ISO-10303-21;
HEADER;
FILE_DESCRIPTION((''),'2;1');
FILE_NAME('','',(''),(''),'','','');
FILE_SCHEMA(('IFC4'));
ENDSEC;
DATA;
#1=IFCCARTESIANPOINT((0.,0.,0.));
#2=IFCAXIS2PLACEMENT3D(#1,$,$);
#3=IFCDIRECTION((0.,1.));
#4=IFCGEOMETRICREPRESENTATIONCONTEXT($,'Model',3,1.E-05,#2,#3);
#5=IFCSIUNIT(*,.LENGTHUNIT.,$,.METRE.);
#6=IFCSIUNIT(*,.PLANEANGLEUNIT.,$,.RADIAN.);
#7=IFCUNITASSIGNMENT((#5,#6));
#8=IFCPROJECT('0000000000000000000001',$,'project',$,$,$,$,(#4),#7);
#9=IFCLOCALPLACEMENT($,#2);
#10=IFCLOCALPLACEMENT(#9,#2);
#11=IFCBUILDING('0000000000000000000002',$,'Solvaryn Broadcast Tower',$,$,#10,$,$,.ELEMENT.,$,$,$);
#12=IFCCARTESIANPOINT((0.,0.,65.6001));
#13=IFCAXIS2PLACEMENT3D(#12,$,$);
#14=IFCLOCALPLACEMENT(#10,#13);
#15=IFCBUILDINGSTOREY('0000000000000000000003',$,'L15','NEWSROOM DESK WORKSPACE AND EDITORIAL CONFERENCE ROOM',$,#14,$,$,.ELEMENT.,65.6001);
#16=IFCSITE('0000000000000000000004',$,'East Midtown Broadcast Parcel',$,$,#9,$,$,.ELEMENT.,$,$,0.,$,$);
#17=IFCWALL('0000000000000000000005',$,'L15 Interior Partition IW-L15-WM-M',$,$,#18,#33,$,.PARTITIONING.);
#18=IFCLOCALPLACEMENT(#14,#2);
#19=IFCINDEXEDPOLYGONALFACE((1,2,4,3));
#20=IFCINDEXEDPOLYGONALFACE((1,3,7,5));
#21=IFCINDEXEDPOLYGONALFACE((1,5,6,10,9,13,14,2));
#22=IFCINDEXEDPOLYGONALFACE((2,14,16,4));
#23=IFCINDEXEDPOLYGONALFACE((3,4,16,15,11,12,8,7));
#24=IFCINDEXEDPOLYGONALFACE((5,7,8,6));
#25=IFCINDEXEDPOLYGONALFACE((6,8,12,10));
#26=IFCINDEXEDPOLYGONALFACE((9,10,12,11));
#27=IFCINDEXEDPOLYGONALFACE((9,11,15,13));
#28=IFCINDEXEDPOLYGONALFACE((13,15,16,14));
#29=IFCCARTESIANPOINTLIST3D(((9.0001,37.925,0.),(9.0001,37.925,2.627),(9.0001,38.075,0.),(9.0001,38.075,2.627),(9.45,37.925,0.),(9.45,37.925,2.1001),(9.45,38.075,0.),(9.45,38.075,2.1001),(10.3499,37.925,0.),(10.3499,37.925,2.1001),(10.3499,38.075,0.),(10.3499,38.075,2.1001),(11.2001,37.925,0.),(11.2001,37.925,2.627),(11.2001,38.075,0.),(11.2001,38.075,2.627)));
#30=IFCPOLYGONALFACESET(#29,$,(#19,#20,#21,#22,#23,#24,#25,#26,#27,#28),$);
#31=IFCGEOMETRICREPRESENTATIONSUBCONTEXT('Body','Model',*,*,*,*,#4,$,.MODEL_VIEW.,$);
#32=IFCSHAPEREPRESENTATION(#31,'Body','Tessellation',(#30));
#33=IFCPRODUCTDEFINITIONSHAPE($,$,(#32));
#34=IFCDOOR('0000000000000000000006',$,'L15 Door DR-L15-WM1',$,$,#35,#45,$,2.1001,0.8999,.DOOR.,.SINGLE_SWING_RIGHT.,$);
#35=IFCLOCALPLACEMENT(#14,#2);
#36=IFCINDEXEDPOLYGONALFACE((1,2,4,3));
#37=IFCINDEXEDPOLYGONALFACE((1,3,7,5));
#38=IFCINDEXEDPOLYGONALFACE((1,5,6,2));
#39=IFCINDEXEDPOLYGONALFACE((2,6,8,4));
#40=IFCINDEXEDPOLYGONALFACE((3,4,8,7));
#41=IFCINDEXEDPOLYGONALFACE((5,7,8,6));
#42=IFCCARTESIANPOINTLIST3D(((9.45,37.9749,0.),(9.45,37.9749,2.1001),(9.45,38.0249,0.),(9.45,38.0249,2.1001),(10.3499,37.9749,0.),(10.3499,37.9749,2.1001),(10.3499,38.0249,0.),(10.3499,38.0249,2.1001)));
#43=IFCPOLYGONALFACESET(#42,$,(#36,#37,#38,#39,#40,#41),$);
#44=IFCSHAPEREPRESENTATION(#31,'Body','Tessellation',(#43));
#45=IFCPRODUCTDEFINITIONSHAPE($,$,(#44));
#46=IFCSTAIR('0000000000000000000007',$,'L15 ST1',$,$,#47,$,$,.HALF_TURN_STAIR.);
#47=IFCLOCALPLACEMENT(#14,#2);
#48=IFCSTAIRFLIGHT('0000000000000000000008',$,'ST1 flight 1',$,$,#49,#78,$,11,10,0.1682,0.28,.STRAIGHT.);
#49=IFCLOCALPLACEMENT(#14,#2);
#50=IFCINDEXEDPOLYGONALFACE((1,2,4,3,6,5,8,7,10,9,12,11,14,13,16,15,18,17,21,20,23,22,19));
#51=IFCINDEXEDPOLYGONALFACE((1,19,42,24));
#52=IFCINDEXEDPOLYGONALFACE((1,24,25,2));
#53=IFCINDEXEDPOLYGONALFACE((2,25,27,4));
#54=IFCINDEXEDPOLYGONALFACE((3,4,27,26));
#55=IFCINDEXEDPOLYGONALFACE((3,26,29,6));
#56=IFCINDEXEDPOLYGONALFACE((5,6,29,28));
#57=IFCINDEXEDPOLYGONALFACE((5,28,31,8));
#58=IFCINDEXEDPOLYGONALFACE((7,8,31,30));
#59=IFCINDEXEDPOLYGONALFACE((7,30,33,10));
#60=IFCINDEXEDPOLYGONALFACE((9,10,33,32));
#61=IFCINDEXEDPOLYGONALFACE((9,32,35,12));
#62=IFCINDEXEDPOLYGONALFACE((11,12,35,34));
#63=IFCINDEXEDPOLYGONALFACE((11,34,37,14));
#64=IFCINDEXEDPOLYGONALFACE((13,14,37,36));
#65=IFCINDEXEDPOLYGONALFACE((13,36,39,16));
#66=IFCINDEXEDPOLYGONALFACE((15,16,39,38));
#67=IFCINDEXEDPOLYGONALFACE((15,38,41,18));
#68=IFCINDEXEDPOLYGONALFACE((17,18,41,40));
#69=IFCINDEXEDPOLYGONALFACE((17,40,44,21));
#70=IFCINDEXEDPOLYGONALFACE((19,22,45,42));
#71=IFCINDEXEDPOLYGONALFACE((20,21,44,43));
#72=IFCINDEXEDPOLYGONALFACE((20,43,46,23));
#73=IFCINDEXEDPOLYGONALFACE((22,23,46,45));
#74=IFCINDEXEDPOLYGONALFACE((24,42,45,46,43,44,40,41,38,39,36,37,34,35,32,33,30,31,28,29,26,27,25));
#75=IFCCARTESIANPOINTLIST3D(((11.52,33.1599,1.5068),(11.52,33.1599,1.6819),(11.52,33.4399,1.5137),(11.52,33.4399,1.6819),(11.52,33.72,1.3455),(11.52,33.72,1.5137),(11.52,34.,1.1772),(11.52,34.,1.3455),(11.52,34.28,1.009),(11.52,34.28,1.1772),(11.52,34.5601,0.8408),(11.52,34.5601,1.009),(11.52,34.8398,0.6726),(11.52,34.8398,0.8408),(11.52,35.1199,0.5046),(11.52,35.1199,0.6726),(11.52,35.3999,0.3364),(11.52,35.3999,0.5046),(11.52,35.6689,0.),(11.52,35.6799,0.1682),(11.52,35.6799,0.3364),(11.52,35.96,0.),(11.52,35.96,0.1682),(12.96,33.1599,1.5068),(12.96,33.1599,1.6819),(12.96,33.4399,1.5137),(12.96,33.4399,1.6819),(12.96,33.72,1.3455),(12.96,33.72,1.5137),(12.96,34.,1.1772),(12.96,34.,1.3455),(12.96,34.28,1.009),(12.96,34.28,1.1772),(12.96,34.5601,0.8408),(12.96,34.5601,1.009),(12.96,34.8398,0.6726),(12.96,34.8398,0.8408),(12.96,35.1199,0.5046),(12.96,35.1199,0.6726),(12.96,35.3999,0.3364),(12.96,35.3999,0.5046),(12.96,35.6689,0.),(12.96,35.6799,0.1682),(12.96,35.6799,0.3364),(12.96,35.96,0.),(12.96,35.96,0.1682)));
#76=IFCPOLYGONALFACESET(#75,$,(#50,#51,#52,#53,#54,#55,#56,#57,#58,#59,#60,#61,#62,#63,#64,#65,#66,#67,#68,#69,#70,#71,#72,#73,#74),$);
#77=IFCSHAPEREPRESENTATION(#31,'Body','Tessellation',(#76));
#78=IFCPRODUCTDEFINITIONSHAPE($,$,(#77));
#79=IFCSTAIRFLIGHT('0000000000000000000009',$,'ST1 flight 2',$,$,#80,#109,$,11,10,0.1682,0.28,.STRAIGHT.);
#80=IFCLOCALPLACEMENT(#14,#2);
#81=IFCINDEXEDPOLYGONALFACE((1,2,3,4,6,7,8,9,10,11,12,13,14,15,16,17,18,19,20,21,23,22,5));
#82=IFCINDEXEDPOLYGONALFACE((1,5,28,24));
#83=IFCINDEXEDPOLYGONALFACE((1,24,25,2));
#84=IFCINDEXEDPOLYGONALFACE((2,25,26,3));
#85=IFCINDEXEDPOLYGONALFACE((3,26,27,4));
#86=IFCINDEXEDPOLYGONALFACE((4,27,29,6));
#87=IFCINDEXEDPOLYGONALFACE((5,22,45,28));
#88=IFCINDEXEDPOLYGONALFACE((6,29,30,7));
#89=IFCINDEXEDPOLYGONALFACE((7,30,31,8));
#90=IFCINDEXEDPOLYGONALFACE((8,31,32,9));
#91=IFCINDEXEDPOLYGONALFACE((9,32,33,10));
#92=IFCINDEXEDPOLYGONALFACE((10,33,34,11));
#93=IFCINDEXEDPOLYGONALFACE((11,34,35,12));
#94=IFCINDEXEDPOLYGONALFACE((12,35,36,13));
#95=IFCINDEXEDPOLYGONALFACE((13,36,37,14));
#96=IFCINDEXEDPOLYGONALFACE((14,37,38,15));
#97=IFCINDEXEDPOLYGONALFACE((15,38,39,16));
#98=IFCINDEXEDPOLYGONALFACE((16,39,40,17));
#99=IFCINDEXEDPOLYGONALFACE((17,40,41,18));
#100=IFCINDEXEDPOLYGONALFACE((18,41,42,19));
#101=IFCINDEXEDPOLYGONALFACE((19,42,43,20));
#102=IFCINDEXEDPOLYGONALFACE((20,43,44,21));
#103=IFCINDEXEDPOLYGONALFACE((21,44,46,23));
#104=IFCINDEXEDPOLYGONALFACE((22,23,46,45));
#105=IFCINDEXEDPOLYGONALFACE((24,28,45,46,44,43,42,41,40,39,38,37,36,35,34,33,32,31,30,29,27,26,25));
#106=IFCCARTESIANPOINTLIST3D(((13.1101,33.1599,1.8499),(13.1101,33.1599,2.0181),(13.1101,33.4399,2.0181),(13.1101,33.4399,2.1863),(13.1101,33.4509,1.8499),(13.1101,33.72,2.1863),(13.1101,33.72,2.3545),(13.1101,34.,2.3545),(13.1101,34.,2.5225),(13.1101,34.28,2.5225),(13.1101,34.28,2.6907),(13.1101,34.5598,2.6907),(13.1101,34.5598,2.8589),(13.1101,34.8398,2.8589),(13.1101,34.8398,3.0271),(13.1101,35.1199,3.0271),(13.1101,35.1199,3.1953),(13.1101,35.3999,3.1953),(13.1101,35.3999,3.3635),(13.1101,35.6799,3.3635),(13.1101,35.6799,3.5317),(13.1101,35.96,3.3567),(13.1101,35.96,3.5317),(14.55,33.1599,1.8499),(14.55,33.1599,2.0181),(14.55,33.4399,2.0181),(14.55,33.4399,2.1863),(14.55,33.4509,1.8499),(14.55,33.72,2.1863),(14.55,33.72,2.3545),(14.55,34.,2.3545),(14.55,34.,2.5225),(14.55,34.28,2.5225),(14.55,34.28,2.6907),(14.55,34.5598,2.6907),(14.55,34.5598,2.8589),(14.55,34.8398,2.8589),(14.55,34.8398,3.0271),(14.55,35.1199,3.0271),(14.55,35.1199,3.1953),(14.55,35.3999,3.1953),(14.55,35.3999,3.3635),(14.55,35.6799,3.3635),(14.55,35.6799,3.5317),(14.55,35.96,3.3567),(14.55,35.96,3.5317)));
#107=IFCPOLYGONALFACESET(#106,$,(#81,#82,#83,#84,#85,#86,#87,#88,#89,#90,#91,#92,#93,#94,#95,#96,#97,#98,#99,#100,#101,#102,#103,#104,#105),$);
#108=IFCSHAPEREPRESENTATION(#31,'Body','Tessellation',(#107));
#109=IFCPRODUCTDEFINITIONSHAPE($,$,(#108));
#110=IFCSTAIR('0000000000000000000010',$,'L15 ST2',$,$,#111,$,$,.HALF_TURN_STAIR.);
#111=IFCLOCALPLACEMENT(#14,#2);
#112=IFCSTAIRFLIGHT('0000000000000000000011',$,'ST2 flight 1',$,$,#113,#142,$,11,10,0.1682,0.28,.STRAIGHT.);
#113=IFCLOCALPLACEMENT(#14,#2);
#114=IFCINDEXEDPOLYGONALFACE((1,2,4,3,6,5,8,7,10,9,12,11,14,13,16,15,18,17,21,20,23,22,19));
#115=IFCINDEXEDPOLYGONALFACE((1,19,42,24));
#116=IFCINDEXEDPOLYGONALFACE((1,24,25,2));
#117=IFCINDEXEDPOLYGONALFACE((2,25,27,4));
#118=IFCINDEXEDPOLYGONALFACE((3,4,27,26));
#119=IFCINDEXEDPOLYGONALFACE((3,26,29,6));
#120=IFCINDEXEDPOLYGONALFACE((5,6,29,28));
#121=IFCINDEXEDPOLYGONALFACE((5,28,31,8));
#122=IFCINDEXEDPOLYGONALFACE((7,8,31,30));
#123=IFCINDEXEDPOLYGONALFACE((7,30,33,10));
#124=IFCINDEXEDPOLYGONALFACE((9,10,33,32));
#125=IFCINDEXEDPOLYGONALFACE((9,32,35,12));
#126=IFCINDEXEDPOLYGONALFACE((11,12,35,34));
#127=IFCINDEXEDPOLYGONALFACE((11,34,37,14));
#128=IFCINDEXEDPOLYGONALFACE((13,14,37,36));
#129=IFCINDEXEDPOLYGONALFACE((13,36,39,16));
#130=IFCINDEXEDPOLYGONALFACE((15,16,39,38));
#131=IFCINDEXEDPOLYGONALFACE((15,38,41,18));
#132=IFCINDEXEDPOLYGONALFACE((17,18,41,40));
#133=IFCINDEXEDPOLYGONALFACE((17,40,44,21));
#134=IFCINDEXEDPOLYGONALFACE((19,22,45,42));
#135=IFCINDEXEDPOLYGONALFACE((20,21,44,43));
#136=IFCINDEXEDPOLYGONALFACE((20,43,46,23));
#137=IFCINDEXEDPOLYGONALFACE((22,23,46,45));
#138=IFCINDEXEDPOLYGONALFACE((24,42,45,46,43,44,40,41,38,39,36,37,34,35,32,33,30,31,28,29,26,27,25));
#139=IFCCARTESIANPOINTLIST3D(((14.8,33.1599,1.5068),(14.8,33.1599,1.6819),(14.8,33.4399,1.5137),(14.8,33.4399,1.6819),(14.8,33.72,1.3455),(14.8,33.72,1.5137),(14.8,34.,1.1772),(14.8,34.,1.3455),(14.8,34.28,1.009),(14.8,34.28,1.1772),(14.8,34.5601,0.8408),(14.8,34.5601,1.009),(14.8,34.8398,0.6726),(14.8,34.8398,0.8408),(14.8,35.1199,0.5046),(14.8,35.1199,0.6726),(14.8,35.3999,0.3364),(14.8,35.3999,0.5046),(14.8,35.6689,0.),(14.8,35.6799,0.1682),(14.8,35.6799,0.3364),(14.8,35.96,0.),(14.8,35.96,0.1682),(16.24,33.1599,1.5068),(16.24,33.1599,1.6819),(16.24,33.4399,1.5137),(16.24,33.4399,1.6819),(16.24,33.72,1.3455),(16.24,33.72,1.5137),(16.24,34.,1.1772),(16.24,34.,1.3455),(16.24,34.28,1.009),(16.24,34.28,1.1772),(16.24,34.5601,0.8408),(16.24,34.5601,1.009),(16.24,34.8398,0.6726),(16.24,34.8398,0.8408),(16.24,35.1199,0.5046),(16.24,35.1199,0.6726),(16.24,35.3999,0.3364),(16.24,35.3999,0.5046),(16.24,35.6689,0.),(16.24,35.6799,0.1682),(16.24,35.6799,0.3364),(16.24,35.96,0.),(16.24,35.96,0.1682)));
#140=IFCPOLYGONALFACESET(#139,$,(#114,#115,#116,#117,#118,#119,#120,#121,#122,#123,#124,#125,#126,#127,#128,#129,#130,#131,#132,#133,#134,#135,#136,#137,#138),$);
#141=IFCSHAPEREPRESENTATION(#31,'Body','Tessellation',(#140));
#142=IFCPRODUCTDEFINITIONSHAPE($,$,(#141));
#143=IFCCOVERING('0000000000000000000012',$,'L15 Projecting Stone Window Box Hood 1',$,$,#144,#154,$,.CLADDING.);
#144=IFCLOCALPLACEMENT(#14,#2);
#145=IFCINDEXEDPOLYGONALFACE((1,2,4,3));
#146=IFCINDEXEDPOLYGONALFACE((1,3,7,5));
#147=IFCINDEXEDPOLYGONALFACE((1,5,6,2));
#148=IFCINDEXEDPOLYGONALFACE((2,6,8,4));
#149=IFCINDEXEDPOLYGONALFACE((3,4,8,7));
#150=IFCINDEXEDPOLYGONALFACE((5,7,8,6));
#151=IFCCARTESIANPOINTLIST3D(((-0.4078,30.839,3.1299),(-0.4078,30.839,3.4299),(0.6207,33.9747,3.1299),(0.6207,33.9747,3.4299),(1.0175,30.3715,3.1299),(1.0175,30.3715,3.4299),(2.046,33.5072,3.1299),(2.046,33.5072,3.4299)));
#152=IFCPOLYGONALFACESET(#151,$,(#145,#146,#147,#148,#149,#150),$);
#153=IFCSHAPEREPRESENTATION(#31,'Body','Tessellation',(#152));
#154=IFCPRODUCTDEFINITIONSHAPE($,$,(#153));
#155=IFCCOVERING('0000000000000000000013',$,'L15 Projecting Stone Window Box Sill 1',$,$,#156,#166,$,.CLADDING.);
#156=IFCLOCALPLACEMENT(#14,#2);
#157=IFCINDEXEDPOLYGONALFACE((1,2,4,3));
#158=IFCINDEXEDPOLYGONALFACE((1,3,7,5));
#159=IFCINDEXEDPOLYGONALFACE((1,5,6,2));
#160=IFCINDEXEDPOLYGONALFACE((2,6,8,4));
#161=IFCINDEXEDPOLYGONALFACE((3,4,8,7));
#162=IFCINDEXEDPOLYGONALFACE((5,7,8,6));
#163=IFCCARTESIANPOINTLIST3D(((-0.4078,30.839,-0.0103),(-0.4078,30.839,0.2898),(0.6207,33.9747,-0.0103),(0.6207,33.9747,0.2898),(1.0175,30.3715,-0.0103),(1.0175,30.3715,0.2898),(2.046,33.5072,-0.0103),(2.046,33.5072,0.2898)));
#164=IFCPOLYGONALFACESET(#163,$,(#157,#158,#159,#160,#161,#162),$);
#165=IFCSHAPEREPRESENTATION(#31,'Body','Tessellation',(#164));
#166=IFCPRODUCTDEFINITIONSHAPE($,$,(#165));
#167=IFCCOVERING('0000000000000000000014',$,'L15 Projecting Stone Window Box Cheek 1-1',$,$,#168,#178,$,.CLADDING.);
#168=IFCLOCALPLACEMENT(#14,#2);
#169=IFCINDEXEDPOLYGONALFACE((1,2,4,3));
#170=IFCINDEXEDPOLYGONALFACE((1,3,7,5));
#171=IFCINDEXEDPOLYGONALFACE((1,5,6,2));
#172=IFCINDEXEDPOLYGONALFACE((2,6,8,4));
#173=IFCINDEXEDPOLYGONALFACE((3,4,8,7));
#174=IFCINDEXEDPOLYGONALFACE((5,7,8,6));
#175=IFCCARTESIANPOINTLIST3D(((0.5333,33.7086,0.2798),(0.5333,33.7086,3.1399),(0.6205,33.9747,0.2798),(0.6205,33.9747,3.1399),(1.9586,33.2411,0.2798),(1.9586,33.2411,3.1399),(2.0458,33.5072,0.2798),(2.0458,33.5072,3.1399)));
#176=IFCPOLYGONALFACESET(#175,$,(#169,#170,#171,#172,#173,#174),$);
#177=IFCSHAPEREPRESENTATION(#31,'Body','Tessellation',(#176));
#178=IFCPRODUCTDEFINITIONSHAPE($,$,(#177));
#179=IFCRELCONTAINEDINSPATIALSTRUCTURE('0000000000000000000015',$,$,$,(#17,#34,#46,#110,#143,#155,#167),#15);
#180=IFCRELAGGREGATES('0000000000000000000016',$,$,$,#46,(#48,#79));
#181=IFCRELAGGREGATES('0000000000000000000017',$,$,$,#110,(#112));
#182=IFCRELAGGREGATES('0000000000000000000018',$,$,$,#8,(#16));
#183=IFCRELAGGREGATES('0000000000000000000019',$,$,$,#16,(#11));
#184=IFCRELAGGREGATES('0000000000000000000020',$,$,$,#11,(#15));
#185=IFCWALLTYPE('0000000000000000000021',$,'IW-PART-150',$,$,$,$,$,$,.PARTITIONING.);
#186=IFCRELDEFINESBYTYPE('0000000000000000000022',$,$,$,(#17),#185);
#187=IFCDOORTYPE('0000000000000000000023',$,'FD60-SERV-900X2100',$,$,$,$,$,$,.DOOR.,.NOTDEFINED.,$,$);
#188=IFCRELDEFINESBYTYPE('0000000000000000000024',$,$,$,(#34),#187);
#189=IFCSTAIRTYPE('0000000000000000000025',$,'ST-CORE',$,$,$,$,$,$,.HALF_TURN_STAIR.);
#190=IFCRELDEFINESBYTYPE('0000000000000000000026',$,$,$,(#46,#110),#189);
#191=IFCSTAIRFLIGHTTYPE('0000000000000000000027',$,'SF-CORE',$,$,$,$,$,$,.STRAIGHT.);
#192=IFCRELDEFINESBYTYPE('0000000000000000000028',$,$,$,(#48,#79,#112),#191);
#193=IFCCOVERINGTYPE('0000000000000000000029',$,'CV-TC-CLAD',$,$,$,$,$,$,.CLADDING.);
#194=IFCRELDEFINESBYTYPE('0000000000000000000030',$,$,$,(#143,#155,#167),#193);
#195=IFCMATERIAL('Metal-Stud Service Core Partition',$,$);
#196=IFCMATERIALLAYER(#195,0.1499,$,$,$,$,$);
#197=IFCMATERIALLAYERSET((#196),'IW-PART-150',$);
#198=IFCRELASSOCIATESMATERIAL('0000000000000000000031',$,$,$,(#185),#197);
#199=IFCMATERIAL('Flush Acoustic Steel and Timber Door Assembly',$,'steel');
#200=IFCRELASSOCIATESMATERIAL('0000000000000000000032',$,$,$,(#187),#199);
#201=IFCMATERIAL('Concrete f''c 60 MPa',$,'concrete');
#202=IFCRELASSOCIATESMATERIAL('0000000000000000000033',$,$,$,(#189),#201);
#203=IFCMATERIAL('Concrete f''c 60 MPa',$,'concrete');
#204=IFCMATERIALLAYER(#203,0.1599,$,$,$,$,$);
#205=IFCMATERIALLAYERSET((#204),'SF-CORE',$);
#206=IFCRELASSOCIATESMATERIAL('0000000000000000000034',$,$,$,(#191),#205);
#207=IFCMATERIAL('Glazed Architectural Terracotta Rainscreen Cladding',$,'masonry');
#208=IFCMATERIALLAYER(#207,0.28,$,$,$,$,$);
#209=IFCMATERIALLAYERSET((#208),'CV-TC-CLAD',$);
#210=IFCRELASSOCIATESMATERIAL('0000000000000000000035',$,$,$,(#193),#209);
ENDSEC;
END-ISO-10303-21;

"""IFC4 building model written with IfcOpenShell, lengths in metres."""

from ifc_helpers import new_model, si_unit, direction, frame, frame_2d, origin, origin_2d, place, context, subcontext, project, spatial, polyline, rectangle, outline, extrude, material, layer, layer_set, type_object, element, fill, aggregate, save


model = new_model("IFC4")

# Units and contexts
model_context = context("Model", 3, precision=1e-05, world=origin(), true_north=direction((0.0, 1.0)))
body_context = subcontext(model_context, "Body", "Model", "MODEL_VIEW")
ifc_project = project(units=[si_unit("LENGTHUNIT", "METRE"), si_unit("PLANEANGLEUNIT", "RADIAN")], contexts=[model_context])

# Site, building, storey
site_placement = place(None, origin())
site = spatial("IfcSite", under=ifc_project, at=site_placement, Name="East Midtown Broadcast Parcel", CompositionType="ELEMENT", RefElevation=0.0)
building_placement = place(site_placement, origin())
building = spatial("IfcBuilding", under=site, at=building_placement, Name="Solvaryn Broadcast Tower", CompositionType="ELEMENT")
storey_placement = place(building_placement, frame((0.0, 0.0, 65.6001)))
storey = spatial("IfcBuildingStorey", under=building, at=storey_placement, Name="L15", Description="NEWSROOM DESK WORKSPACE AND EDITORIAL CONFERENCE ROOM", CompositionType="ELEMENT", Elevation=65.6001)

# Wall, opening, door
ifc_material_1 = material(Name="Metal-Stud Service Core Partition")
ifc_layer_1 = layer(ifc_material_1, 0.1499)
ifc_layer_set_1 = layer_set([ifc_layer_1], Name="IW-PART-150")
wall_type = type_object("IfcWallType", Name="IW-PART-150", PredefinedType="PARTITIONING", material=ifc_layer_set_1)
wall_placement = place(storey_placement, frame((9.0, 38.0, 0.0), z_axis=(0.0, 0.0, 1.0), x_axis=(1.0, 0.0, 0.0)))
wall = element("IfcWall", 1, at=wall_placement, inside=storey, type_object=wall_type, Name="L15 Interior Partition IW-L15-WM-M", PredefinedType="PARTITIONING", context=body_context, shape_type="SweptSolid", body=[
    extrude(rectangle(XDim=2.2, YDim=0.1499, at=frame_2d((1.1001, 0.0))), origin(), (0.0, 0.0, 1.0), 2.627),
])
opening_placement = place(wall_placement, frame((0.45, 0.0, 0.0)))
opening = element("IfcOpeningElement", 2, at=opening_placement, cuts=wall, PredefinedType="OPENING", context=body_context, shape_type="SweptSolid", body=[
    extrude(rectangle(XDim=0.8999, YDim=2.1001, at=frame_2d((0.45, 1.05))), frame((0.0, 0.085, 0.0), z_axis=(0.0, -1.0, 0.0), x_axis=(1.0, 0.0, 0.0)), (0.0, 0.0, 1.0), 0.1699),
])
ifc_material_2 = material(Name="Flush Acoustic Steel and Timber Door Assembly", Category="steel")
door_type = type_object("IfcDoorType", Name="FD60-SERV-900X2100", OperationType="NOTDEFINED", PredefinedType="DOOR", material=ifc_material_2)
door_placement = place(opening_placement, origin())
door = element("IfcDoor", 3, at=door_placement, inside=storey, type_object=door_type, Name="L15 Door DR-L15-WM1", OperationType="SINGLE_SWING_RIGHT", OverallHeight=2.1001, OverallWidth=0.8999, PredefinedType="DOOR", context=body_context, shape_type="SweptSolid", body=[
    extrude(rectangle(XDim=0.8999, YDim=2.1001, at=frame_2d((0.45, 1.05))), frame((0.0, 0.0249, 0.0), z_axis=(0.0, -1.0, 0.0), x_axis=(1.0, 0.0, 0.0)), (0.0, 0.0, 1.0), 0.05),
])
fill(opening, door)

# Stair, stair flights
ifc_material_3 = material(Name="Concrete f'c 60 MPa", Category="concrete")
stair_type = type_object("IfcStairType", Name="ST-CORE", PredefinedType="HALF_TURN_STAIR", material=ifc_material_3)
stair_1_placement = place(storey_placement, origin())
stair_1 = element("IfcStair", 4, at=stair_1_placement, inside=storey, type_object=stair_type, Name="L15 ST1", PredefinedType="HALF_TURN_STAIR")
ifc_material_4 = material(Name="Concrete f'c 60 MPa", Category="concrete")
ifc_layer_2 = layer(ifc_material_4, 0.1599)
ifc_layer_set_2 = layer_set([ifc_layer_2], Name="SF-CORE")
stair_flight_type = type_object("IfcStairFlightType", Name="SF-CORE", PredefinedType="STRAIGHT", material=ifc_layer_set_2)
stair_flight_1_placement = place(storey_placement, frame((12.24, 35.96, 0.0), z_axis=(0.0, 0.0, 1.0), x_axis=(0.0, -1.0, 0.0)))
stair_flight_1 = element("IfcStairFlight", 5, at=stair_flight_1_placement, type_object=stair_flight_type, Name="ST1 flight 1", NumberOfRisers=11, NumberOfTreads=10, PredefinedType="STRAIGHT", RiserHeight=0.1682, TreadLength=0.28, context=body_context, shape_type="SweptSolid", body=[
    extrude(outline(polyline([(0.0, 0.0), (0.0, 0.1682), (0.28, 0.1682), (0.28, 0.3364), (0.5601, 0.3364), (0.5601, 0.5046), (0.8401, 0.5046), (0.8401, 0.6726), (1.1201, 0.6726), (1.1201, 0.8408), (1.3999, 0.8408), (1.3999, 1.009), (1.6799, 1.009), (1.6799, 1.1772), (1.96, 1.1772), (1.96, 1.3455), (2.24, 1.3455), (2.24, 1.5137), (2.52, 1.5137), (2.52, 1.6819), (2.8, 1.6819), (2.8, 1.8501), (2.8, 1.5068), (0.291, 0.0), (0.0, 0.0)])), frame((0.0, 0.72, 0.0), z_axis=(0.0, -1.0, 0.0), x_axis=(1.0, 0.0, 0.0)), (0.0, 0.0, 1.0), 1.4399),
])
stair_flight_2_placement = place(storey_placement, frame((13.8301, 33.1599, 1.8499), z_axis=(0.0, 0.0, 1.0), x_axis=(0.0, 1.0, 0.0)))
stair_flight_2 = element("IfcStairFlight", 6, at=stair_flight_2_placement, type_object=stair_flight_type, Name="ST1 flight 2", NumberOfRisers=11, NumberOfTreads=10, PredefinedType="STRAIGHT", RiserHeight=0.1682, TreadLength=0.28, context=body_context, shape_type="SweptSolid", body=[
    extrude(outline(polyline([(0.0, 0.0), (0.0, 0.1682), (0.28, 0.1682), (0.28, 0.3364), (0.5601, 0.3364), (0.5601, 0.5046), (0.8401, 0.5046), (0.8401, 0.6726), (1.1201, 0.6726), (1.1201, 0.8408), (1.3999, 0.8408), (1.3999, 1.009), (1.6799, 1.009), (1.6799, 1.1772), (1.96, 1.1772), (1.96, 1.3455), (2.24, 1.3455), (2.24, 1.5137), (2.52, 1.5137), (2.52, 1.6819), (2.8, 1.6819), (2.8, 1.8501), (2.8, 1.5068), (0.291, 0.0), (0.0, 0.0)])), frame((0.0, 0.72, 0.0), z_axis=(0.0, -1.0, 0.0), x_axis=(1.0, 0.0, 0.0)), (0.0, 0.0, 1.0), 1.4399),
])
aggregate(stair_1, [stair_flight_1, stair_flight_2])

# Stair, stair flight
stair_2_placement = place(storey_placement, origin())
stair_2 = element("IfcStair", 7, at=stair_2_placement, inside=storey, type_object=stair_type, Name="L15 ST2", PredefinedType="HALF_TURN_STAIR")
stair_flight_3_placement = place(storey_placement, frame((15.52, 35.96, 0.0), z_axis=(0.0, 0.0, 1.0), x_axis=(0.0, -1.0, 0.0)))
stair_flight_3 = element("IfcStairFlight", 8, at=stair_flight_3_placement, type_object=stair_flight_type, Name="ST2 flight 1", NumberOfRisers=11, NumberOfTreads=10, PredefinedType="STRAIGHT", RiserHeight=0.1682, TreadLength=0.28, context=body_context, shape_type="SweptSolid", body=[
    extrude(outline(polyline([(0.0, 0.0), (0.0, 0.1682), (0.28, 0.1682), (0.28, 0.3364), (0.5601, 0.3364), (0.5601, 0.5046), (0.8401, 0.5046), (0.8401, 0.6726), (1.1201, 0.6726), (1.1201, 0.8408), (1.3999, 0.8408), (1.3999, 1.009), (1.6799, 1.009), (1.6799, 1.1772), (1.96, 1.1772), (1.96, 1.3455), (2.24, 1.3455), (2.24, 1.5137), (2.52, 1.5137), (2.52, 1.6819), (2.8, 1.6819), (2.8, 1.8501), (2.8, 1.5068), (0.291, 0.0), (0.0, 0.0)])), frame((0.0, 0.72, 0.0), z_axis=(0.0, -1.0, 0.0), x_axis=(1.0, 0.0, 0.0)), (0.0, 0.0, 1.0), 1.4399),
])
aggregate(stair_2, [stair_flight_3])

# Coverings
ifc_material_5 = material(Name="Glazed Architectural Terracotta Rainscreen Cladding", Category="masonry")
ifc_layer_3 = layer(ifc_material_5, 0.28)
ifc_layer_set_3 = layer_set([ifc_layer_3], Name="CV-TC-CLAD")
covering_type = type_object("IfcCoveringType", Name="CV-TC-CLAD", PredefinedType="CLADDING", material=ifc_layer_set_3)
for number, where, z_axis, x_axis, name in (
    (9, (0.8191, 32.1731, 3.1299), (0.0, 0.0, 1.0), (-0.311672, -0.95019, 0.0), "L15 Projecting Stone Window Box Hood 1"),
    (10, (0.8191, 32.1731, -0.0103), (0.0, 0.0, 1.0), (-0.311672, -0.95019, 0.0), "L15 Projecting Stone Window Box Sill 1"),
):
    element("IfcCovering", number, at=place(storey_placement, frame(where, z_axis=z_axis, x_axis=x_axis)), inside=storey, type_object=covering_type, Name=name, PredefinedType="CLADDING", context=body_context, shape_type="SweptSolid", body=[
        extrude(rectangle(XDim=3.3, YDim=1.5, at=origin_2d()), origin(), (0.0, 0.0, 1.0), 0.3),
    ])
covering_placement = place(storey_placement, frame((1.2896, 33.6079, 0.2798), z_axis=(0.0, 0.0, 1.0), x_axis=(-0.311672, -0.95019, 0.0)))
element("IfcCovering", 11, at=covering_placement, inside=storey, type_object=covering_type, Name="L15 Projecting Stone Window Box Cheek 1-1", PredefinedType="CLADDING", context=body_context, shape_type="SweptSolid", body=[
    extrude(rectangle(XDim=0.28, YDim=1.5, at=origin_2d()), origin(), (0.0, 0.0, 1.0), 2.8601),
])

save(model, "model.ifc")
